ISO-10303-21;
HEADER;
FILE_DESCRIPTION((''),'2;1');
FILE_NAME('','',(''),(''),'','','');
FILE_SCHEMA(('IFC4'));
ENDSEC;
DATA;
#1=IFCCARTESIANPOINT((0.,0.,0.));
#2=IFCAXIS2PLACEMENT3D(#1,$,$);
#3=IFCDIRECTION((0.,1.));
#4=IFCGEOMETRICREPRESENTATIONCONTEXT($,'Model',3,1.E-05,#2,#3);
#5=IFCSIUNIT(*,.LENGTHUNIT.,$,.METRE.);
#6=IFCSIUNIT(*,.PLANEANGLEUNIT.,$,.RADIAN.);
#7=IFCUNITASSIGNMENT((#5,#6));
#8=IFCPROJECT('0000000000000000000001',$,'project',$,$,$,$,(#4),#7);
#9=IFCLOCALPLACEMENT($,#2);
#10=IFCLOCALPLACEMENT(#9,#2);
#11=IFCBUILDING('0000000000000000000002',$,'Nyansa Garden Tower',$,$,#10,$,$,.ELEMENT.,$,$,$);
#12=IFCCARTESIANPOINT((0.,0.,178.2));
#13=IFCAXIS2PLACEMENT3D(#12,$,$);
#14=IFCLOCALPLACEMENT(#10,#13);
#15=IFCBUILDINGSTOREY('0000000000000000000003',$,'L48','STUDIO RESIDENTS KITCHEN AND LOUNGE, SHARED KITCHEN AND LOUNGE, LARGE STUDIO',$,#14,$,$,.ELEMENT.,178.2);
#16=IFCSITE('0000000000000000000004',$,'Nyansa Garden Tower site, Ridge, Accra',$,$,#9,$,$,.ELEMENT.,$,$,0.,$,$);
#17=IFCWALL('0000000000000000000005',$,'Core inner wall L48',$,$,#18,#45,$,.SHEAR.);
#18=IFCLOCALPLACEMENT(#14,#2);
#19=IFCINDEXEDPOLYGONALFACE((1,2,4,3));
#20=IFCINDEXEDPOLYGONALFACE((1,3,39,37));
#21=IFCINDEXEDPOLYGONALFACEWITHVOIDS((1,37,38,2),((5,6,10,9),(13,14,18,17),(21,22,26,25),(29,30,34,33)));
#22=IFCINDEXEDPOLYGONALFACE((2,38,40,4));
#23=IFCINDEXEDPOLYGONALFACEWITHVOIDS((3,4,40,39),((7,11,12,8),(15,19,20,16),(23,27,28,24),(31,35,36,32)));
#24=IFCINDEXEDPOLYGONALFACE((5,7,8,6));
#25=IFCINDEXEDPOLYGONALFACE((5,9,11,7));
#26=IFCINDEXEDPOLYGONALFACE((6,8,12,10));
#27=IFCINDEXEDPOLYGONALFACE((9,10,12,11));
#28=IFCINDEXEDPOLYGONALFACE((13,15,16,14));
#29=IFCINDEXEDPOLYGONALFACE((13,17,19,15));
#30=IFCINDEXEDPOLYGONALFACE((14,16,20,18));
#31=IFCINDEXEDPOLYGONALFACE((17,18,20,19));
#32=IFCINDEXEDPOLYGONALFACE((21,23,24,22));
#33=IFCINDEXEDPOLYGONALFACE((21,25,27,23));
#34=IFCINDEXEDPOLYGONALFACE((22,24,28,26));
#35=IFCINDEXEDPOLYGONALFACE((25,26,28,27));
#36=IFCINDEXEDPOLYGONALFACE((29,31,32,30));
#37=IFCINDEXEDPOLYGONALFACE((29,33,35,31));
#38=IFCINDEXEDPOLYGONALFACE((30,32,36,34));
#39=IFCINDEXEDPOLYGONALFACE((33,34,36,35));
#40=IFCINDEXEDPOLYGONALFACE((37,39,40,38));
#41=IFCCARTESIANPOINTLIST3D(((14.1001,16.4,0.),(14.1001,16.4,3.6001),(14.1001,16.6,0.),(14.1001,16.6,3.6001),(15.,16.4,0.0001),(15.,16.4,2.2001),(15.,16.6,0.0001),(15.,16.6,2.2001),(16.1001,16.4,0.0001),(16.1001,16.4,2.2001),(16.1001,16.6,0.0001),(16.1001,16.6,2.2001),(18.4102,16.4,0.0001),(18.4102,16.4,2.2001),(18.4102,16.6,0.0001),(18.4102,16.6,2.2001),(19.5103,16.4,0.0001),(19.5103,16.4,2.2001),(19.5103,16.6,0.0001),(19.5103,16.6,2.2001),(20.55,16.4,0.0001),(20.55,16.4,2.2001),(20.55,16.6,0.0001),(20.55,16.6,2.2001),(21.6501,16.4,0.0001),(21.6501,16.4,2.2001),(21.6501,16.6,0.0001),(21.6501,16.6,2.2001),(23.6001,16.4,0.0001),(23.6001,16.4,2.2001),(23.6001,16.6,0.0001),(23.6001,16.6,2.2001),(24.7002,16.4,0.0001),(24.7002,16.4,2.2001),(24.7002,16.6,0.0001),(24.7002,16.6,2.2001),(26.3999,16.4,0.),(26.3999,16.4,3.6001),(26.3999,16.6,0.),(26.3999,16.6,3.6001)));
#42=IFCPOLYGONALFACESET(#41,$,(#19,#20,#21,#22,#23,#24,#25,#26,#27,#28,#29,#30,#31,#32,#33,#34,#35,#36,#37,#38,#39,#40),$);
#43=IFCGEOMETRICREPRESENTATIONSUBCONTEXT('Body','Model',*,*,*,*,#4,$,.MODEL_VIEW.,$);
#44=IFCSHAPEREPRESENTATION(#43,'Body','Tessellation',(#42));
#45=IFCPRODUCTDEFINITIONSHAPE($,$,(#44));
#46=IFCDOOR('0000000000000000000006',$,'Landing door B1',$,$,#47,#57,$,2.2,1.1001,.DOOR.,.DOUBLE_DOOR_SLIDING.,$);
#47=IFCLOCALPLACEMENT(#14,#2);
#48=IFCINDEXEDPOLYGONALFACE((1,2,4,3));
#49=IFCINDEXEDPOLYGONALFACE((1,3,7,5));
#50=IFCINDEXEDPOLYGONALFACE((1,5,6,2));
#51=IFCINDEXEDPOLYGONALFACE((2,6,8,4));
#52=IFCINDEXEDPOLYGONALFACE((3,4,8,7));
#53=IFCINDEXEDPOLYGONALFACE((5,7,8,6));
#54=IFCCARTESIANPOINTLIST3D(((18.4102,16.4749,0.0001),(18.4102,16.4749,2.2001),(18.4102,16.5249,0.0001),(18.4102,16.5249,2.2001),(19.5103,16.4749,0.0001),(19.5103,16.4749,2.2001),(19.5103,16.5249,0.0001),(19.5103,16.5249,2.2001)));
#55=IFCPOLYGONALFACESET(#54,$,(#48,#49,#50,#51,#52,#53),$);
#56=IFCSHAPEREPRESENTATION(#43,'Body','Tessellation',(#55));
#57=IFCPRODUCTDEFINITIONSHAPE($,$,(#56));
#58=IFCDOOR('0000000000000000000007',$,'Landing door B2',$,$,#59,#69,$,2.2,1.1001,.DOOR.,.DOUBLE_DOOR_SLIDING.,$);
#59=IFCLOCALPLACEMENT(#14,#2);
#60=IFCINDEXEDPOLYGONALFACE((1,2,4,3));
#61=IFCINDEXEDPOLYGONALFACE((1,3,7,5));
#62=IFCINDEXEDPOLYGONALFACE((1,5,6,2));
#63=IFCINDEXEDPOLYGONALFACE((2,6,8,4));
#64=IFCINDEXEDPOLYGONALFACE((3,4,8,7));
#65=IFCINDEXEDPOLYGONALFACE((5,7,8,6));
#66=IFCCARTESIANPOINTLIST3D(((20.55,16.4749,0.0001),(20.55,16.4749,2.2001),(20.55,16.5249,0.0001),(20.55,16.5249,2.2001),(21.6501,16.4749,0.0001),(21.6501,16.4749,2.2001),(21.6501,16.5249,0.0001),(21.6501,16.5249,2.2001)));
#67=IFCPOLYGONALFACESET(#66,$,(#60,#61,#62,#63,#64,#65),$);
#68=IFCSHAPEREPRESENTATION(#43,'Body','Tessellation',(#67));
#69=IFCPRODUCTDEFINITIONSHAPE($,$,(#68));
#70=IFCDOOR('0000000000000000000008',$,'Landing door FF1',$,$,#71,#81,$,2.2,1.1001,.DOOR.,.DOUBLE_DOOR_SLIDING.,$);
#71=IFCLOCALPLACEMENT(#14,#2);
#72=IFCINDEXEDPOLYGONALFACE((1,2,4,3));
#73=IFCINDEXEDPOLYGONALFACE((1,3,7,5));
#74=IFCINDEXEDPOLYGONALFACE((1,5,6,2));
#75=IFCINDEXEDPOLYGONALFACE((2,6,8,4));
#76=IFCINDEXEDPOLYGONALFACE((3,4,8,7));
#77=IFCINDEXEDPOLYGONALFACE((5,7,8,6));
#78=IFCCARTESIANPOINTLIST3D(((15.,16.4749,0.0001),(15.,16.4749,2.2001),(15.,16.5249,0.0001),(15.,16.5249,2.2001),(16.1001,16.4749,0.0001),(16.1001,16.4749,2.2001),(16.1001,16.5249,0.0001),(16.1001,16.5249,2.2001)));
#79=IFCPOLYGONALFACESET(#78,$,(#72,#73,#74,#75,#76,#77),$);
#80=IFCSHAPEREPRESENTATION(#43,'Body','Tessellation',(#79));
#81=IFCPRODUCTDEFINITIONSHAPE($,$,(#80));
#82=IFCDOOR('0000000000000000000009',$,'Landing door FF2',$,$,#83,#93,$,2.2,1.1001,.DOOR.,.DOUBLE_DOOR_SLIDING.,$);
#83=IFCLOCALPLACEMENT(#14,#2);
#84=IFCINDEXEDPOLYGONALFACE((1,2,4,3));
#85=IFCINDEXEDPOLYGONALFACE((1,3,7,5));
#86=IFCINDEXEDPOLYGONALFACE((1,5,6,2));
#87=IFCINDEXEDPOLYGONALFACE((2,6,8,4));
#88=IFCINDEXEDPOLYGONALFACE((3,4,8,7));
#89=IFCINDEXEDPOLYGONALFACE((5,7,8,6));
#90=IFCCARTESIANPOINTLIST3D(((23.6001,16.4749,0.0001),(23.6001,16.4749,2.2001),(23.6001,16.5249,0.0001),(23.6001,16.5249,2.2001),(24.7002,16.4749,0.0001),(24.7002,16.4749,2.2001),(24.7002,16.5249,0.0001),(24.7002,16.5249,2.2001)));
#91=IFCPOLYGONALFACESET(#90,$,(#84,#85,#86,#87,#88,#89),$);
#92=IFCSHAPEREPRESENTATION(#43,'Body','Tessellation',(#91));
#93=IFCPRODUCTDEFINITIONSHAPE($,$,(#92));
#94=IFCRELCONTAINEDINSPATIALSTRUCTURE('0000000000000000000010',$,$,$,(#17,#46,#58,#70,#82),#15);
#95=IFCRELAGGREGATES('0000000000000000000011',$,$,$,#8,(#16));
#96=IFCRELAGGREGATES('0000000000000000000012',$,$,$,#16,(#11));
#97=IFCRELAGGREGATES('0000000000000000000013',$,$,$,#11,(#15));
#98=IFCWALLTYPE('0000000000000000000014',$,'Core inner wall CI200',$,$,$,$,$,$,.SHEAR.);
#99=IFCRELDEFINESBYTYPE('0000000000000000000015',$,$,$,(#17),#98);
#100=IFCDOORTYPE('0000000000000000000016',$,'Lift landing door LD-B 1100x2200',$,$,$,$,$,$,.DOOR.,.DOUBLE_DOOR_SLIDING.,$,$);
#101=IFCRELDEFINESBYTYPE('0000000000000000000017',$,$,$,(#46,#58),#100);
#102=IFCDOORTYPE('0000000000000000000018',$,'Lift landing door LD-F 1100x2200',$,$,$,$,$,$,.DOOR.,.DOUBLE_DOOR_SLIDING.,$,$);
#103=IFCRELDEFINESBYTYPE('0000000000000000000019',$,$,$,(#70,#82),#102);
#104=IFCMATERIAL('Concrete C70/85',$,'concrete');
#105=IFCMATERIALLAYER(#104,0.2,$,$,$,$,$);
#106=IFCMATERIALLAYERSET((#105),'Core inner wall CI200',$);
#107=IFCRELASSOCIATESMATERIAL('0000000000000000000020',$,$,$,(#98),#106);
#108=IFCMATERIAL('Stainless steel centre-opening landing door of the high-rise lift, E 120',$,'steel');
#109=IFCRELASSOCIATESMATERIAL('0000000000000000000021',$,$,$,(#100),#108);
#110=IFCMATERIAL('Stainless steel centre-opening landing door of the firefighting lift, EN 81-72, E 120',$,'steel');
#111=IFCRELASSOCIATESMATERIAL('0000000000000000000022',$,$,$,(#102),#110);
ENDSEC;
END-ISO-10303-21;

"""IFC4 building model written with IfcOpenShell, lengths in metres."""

from ifc_helpers import new_model, si_unit, direction, frame, frame_2d, origin, place, context, subcontext, project, spatial, rectangle, extrude, material, layer, layer_set, type_object, element, fill, save


model = new_model("IFC4")

# Units and contexts
model_context = context("Model", 3, precision=1e-05, world=origin(), true_north=direction((0.0, 1.0)))
body_context = subcontext(model_context, "Body", "Model", "MODEL_VIEW")
ifc_project = project(units=[si_unit("LENGTHUNIT", "METRE"), si_unit("PLANEANGLEUNIT", "RADIAN")], contexts=[model_context])

# Site, building, storey
site_placement = place(None, origin())
site = spatial("IfcSite", under=ifc_project, at=site_placement, Name="Nyansa Garden Tower site, Ridge, Accra", CompositionType="ELEMENT", RefElevation=0.0)
building_placement = place(site_placement, origin())
building = spatial("IfcBuilding", under=site, at=building_placement, Name="Nyansa Garden Tower", CompositionType="ELEMENT")
storey_placement = place(building_placement, frame((0.0, 0.0, 178.2)))
storey = spatial("IfcBuildingStorey", under=building, at=storey_placement, Name="L48", Description="STUDIO RESIDENTS KITCHEN AND LOUNGE, SHARED KITCHEN AND LOUNGE, LARGE STUDIO", CompositionType="ELEMENT", Elevation=178.2)

# Wall, openings, doors
ifc_material_1 = material(Name="Concrete C70/85", Category="concrete")
ifc_layer_1 = layer(ifc_material_1, 0.2)
ifc_layer_set_1 = layer_set([ifc_layer_1], Name="Core inner wall CI200")
wall_type_1 = type_object("IfcWallType", Name="Core inner wall CI200", PredefinedType="SHEAR", material=ifc_layer_set_1)
wall_1_placement = place(storey_placement, frame((14.1001, 16.5, 0.0), z_axis=(0.0, 0.0, 1.0), x_axis=(1.0, 0.0, 0.0)))
wall_1 = element("IfcWall", 1, at=wall_1_placement, inside=storey, type_object=wall_type_1, Name="Core inner wall L48", PredefinedType="SHEAR", context=body_context, shape_type="SweptSolid", body=[
    extrude(rectangle(XDim=12.2998, YDim=0.2, at=frame_2d((6.1499, 0.0))), origin(), (0.0, 0.0, 1.0), 3.6001),
])
opening_1_placement = place(wall_1_placement, frame((0.8999, 0.0, 0.0)))
opening_1 = element("IfcOpeningElement", 2, at=opening_1_placement, cuts=wall_1, PredefinedType="OPENING", context=body_context, shape_type="SweptSolid", body=[
    extrude(rectangle(XDim=1.1001, YDim=2.2, at=frame_2d((0.55, 1.1001))), frame((0.0, 0.1099, 0.0), z_axis=(0.0, -1.0, 0.0), x_axis=(1.0, 0.0, 0.0)), (0.0, 0.0, 1.0), 0.22),
])
opening_2_placement = place(wall_1_placement, frame((4.3101, 0.0, 0.0)))
opening_2 = element("IfcOpeningElement", 3, at=opening_2_placement, cuts=wall_1, PredefinedType="OPENING", context=body_context, shape_type="SweptSolid", body=[
    extrude(rectangle(XDim=1.1001, YDim=2.2, at=frame_2d((0.55, 1.1001))), frame((0.0, 0.1099, 0.0), z_axis=(0.0, -1.0, 0.0), x_axis=(1.0, 0.0, 0.0)), (0.0, 0.0, 1.0), 0.22),
])
opening_3_placement = place(wall_1_placement, frame((6.45, 0.0, 0.0)))
opening_3 = element("IfcOpeningElement", 4, at=opening_3_placement, cuts=wall_1, PredefinedType="OPENING", context=body_context, shape_type="SweptSolid", body=[
    extrude(rectangle(XDim=1.1001, YDim=2.2, at=frame_2d((0.55, 1.1001))), frame((0.0, 0.1099, 0.0), z_axis=(0.0, -1.0, 0.0), x_axis=(1.0, 0.0, 0.0)), (0.0, 0.0, 1.0), 0.22),
])
opening_4_placement = place(wall_1_placement, frame((9.5, 0.0, 0.0)))
opening_4 = element("IfcOpeningElement", 5, at=opening_4_placement, cuts=wall_1, PredefinedType="OPENING", context=body_context, shape_type="SweptSolid", body=[
    extrude(rectangle(XDim=1.1001, YDim=2.2, at=frame_2d((0.55, 1.1001))), frame((0.0, 0.1099, 0.0), z_axis=(0.0, -1.0, 0.0), x_axis=(1.0, 0.0, 0.0)), (0.0, 0.0, 1.0), 0.22),
])
ifc_material_2 = material(Name="Stainless steel centre-opening landing door of the high-rise lift, E 120", Category="steel")
door_type_1 = type_object("IfcDoorType", Name="Lift landing door LD-B 1100x2200", OperationType="DOUBLE_DOOR_SLIDING", PredefinedType="DOOR", material=ifc_material_2)
door_1_placement = place(opening_2_placement, origin())
door_1 = element("IfcDoor", 6, at=door_1_placement, inside=storey, type_object=door_type_1, Name="Landing door B1", OperationType="DOUBLE_DOOR_SLIDING", OverallHeight=2.2, OverallWidth=1.1001, PredefinedType="DOOR", context=body_context, shape_type="SweptSolid", body=[
    extrude(rectangle(XDim=1.1001, YDim=2.2, at=frame_2d((0.55, 1.1001))), frame((0.0, 0.0249, 0.0), z_axis=(0.0, -1.0, 0.0), x_axis=(1.0, 0.0, 0.0)), (0.0, 0.0, 1.0), 0.05),
])
fill(opening_2, door_1)
door_2_placement = place(opening_3_placement, origin())
door_2 = element("IfcDoor", 7, at=door_2_placement, inside=storey, type_object=door_type_1, Name="Landing door B2", OperationType="DOUBLE_DOOR_SLIDING", OverallHeight=2.2, OverallWidth=1.1001, PredefinedType="DOOR", context=body_context, shape_type="SweptSolid", body=[
    extrude(rectangle(XDim=1.1001, YDim=2.2, at=frame_2d((0.55, 1.1001))), frame((0.0, 0.0249, 0.0), z_axis=(0.0, -1.0, 0.0), x_axis=(1.0, 0.0, 0.0)), (0.0, 0.0, 1.0), 0.05),
])
fill(opening_3, door_2)
ifc_material_3 = material(Name="Stainless steel centre-opening landing door of the firefighting lift, EN 81-72, E 120", Category="steel")
door_type_2 = type_object("IfcDoorType", Name="Lift landing door LD-F 1100x2200", OperationType="DOUBLE_DOOR_SLIDING", PredefinedType="DOOR", material=ifc_material_3)
door_3_placement = place(opening_1_placement, origin())
door_3 = element("IfcDoor", 8, at=door_3_placement, inside=storey, type_object=door_type_2, Name="Landing door FF1", OperationType="DOUBLE_DOOR_SLIDING", OverallHeight=2.2, OverallWidth=1.1001, PredefinedType="DOOR", context=body_context, shape_type="SweptSolid", body=[
    extrude(rectangle(XDim=1.1001, YDim=2.2, at=frame_2d((0.55, 1.1001))), frame((0.0, 0.0249, 0.0), z_axis=(0.0, -1.0, 0.0), x_axis=(1.0, 0.0, 0.0)), (0.0, 0.0, 1.0), 0.05),
])
fill(opening_1, door_3)
door_4_placement = place(opening_4_placement, origin())
door_4 = element("IfcDoor", 9, at=door_4_placement, inside=storey, type_object=door_type_2, Name="Landing door FF2", OperationType="DOUBLE_DOOR_SLIDING", OverallHeight=2.2, OverallWidth=1.1001, PredefinedType="DOOR", context=body_context, shape_type="SweptSolid", body=[
    extrude(rectangle(XDim=1.1001, YDim=2.2, at=frame_2d((0.55, 1.1001))), frame((0.0, 0.0249, 0.0), z_axis=(0.0, -1.0, 0.0), x_axis=(1.0, 0.0, 0.0)), (0.0, 0.0, 1.0), 0.05),
])
fill(opening_4, door_4)

save(model, "model.ifc")
